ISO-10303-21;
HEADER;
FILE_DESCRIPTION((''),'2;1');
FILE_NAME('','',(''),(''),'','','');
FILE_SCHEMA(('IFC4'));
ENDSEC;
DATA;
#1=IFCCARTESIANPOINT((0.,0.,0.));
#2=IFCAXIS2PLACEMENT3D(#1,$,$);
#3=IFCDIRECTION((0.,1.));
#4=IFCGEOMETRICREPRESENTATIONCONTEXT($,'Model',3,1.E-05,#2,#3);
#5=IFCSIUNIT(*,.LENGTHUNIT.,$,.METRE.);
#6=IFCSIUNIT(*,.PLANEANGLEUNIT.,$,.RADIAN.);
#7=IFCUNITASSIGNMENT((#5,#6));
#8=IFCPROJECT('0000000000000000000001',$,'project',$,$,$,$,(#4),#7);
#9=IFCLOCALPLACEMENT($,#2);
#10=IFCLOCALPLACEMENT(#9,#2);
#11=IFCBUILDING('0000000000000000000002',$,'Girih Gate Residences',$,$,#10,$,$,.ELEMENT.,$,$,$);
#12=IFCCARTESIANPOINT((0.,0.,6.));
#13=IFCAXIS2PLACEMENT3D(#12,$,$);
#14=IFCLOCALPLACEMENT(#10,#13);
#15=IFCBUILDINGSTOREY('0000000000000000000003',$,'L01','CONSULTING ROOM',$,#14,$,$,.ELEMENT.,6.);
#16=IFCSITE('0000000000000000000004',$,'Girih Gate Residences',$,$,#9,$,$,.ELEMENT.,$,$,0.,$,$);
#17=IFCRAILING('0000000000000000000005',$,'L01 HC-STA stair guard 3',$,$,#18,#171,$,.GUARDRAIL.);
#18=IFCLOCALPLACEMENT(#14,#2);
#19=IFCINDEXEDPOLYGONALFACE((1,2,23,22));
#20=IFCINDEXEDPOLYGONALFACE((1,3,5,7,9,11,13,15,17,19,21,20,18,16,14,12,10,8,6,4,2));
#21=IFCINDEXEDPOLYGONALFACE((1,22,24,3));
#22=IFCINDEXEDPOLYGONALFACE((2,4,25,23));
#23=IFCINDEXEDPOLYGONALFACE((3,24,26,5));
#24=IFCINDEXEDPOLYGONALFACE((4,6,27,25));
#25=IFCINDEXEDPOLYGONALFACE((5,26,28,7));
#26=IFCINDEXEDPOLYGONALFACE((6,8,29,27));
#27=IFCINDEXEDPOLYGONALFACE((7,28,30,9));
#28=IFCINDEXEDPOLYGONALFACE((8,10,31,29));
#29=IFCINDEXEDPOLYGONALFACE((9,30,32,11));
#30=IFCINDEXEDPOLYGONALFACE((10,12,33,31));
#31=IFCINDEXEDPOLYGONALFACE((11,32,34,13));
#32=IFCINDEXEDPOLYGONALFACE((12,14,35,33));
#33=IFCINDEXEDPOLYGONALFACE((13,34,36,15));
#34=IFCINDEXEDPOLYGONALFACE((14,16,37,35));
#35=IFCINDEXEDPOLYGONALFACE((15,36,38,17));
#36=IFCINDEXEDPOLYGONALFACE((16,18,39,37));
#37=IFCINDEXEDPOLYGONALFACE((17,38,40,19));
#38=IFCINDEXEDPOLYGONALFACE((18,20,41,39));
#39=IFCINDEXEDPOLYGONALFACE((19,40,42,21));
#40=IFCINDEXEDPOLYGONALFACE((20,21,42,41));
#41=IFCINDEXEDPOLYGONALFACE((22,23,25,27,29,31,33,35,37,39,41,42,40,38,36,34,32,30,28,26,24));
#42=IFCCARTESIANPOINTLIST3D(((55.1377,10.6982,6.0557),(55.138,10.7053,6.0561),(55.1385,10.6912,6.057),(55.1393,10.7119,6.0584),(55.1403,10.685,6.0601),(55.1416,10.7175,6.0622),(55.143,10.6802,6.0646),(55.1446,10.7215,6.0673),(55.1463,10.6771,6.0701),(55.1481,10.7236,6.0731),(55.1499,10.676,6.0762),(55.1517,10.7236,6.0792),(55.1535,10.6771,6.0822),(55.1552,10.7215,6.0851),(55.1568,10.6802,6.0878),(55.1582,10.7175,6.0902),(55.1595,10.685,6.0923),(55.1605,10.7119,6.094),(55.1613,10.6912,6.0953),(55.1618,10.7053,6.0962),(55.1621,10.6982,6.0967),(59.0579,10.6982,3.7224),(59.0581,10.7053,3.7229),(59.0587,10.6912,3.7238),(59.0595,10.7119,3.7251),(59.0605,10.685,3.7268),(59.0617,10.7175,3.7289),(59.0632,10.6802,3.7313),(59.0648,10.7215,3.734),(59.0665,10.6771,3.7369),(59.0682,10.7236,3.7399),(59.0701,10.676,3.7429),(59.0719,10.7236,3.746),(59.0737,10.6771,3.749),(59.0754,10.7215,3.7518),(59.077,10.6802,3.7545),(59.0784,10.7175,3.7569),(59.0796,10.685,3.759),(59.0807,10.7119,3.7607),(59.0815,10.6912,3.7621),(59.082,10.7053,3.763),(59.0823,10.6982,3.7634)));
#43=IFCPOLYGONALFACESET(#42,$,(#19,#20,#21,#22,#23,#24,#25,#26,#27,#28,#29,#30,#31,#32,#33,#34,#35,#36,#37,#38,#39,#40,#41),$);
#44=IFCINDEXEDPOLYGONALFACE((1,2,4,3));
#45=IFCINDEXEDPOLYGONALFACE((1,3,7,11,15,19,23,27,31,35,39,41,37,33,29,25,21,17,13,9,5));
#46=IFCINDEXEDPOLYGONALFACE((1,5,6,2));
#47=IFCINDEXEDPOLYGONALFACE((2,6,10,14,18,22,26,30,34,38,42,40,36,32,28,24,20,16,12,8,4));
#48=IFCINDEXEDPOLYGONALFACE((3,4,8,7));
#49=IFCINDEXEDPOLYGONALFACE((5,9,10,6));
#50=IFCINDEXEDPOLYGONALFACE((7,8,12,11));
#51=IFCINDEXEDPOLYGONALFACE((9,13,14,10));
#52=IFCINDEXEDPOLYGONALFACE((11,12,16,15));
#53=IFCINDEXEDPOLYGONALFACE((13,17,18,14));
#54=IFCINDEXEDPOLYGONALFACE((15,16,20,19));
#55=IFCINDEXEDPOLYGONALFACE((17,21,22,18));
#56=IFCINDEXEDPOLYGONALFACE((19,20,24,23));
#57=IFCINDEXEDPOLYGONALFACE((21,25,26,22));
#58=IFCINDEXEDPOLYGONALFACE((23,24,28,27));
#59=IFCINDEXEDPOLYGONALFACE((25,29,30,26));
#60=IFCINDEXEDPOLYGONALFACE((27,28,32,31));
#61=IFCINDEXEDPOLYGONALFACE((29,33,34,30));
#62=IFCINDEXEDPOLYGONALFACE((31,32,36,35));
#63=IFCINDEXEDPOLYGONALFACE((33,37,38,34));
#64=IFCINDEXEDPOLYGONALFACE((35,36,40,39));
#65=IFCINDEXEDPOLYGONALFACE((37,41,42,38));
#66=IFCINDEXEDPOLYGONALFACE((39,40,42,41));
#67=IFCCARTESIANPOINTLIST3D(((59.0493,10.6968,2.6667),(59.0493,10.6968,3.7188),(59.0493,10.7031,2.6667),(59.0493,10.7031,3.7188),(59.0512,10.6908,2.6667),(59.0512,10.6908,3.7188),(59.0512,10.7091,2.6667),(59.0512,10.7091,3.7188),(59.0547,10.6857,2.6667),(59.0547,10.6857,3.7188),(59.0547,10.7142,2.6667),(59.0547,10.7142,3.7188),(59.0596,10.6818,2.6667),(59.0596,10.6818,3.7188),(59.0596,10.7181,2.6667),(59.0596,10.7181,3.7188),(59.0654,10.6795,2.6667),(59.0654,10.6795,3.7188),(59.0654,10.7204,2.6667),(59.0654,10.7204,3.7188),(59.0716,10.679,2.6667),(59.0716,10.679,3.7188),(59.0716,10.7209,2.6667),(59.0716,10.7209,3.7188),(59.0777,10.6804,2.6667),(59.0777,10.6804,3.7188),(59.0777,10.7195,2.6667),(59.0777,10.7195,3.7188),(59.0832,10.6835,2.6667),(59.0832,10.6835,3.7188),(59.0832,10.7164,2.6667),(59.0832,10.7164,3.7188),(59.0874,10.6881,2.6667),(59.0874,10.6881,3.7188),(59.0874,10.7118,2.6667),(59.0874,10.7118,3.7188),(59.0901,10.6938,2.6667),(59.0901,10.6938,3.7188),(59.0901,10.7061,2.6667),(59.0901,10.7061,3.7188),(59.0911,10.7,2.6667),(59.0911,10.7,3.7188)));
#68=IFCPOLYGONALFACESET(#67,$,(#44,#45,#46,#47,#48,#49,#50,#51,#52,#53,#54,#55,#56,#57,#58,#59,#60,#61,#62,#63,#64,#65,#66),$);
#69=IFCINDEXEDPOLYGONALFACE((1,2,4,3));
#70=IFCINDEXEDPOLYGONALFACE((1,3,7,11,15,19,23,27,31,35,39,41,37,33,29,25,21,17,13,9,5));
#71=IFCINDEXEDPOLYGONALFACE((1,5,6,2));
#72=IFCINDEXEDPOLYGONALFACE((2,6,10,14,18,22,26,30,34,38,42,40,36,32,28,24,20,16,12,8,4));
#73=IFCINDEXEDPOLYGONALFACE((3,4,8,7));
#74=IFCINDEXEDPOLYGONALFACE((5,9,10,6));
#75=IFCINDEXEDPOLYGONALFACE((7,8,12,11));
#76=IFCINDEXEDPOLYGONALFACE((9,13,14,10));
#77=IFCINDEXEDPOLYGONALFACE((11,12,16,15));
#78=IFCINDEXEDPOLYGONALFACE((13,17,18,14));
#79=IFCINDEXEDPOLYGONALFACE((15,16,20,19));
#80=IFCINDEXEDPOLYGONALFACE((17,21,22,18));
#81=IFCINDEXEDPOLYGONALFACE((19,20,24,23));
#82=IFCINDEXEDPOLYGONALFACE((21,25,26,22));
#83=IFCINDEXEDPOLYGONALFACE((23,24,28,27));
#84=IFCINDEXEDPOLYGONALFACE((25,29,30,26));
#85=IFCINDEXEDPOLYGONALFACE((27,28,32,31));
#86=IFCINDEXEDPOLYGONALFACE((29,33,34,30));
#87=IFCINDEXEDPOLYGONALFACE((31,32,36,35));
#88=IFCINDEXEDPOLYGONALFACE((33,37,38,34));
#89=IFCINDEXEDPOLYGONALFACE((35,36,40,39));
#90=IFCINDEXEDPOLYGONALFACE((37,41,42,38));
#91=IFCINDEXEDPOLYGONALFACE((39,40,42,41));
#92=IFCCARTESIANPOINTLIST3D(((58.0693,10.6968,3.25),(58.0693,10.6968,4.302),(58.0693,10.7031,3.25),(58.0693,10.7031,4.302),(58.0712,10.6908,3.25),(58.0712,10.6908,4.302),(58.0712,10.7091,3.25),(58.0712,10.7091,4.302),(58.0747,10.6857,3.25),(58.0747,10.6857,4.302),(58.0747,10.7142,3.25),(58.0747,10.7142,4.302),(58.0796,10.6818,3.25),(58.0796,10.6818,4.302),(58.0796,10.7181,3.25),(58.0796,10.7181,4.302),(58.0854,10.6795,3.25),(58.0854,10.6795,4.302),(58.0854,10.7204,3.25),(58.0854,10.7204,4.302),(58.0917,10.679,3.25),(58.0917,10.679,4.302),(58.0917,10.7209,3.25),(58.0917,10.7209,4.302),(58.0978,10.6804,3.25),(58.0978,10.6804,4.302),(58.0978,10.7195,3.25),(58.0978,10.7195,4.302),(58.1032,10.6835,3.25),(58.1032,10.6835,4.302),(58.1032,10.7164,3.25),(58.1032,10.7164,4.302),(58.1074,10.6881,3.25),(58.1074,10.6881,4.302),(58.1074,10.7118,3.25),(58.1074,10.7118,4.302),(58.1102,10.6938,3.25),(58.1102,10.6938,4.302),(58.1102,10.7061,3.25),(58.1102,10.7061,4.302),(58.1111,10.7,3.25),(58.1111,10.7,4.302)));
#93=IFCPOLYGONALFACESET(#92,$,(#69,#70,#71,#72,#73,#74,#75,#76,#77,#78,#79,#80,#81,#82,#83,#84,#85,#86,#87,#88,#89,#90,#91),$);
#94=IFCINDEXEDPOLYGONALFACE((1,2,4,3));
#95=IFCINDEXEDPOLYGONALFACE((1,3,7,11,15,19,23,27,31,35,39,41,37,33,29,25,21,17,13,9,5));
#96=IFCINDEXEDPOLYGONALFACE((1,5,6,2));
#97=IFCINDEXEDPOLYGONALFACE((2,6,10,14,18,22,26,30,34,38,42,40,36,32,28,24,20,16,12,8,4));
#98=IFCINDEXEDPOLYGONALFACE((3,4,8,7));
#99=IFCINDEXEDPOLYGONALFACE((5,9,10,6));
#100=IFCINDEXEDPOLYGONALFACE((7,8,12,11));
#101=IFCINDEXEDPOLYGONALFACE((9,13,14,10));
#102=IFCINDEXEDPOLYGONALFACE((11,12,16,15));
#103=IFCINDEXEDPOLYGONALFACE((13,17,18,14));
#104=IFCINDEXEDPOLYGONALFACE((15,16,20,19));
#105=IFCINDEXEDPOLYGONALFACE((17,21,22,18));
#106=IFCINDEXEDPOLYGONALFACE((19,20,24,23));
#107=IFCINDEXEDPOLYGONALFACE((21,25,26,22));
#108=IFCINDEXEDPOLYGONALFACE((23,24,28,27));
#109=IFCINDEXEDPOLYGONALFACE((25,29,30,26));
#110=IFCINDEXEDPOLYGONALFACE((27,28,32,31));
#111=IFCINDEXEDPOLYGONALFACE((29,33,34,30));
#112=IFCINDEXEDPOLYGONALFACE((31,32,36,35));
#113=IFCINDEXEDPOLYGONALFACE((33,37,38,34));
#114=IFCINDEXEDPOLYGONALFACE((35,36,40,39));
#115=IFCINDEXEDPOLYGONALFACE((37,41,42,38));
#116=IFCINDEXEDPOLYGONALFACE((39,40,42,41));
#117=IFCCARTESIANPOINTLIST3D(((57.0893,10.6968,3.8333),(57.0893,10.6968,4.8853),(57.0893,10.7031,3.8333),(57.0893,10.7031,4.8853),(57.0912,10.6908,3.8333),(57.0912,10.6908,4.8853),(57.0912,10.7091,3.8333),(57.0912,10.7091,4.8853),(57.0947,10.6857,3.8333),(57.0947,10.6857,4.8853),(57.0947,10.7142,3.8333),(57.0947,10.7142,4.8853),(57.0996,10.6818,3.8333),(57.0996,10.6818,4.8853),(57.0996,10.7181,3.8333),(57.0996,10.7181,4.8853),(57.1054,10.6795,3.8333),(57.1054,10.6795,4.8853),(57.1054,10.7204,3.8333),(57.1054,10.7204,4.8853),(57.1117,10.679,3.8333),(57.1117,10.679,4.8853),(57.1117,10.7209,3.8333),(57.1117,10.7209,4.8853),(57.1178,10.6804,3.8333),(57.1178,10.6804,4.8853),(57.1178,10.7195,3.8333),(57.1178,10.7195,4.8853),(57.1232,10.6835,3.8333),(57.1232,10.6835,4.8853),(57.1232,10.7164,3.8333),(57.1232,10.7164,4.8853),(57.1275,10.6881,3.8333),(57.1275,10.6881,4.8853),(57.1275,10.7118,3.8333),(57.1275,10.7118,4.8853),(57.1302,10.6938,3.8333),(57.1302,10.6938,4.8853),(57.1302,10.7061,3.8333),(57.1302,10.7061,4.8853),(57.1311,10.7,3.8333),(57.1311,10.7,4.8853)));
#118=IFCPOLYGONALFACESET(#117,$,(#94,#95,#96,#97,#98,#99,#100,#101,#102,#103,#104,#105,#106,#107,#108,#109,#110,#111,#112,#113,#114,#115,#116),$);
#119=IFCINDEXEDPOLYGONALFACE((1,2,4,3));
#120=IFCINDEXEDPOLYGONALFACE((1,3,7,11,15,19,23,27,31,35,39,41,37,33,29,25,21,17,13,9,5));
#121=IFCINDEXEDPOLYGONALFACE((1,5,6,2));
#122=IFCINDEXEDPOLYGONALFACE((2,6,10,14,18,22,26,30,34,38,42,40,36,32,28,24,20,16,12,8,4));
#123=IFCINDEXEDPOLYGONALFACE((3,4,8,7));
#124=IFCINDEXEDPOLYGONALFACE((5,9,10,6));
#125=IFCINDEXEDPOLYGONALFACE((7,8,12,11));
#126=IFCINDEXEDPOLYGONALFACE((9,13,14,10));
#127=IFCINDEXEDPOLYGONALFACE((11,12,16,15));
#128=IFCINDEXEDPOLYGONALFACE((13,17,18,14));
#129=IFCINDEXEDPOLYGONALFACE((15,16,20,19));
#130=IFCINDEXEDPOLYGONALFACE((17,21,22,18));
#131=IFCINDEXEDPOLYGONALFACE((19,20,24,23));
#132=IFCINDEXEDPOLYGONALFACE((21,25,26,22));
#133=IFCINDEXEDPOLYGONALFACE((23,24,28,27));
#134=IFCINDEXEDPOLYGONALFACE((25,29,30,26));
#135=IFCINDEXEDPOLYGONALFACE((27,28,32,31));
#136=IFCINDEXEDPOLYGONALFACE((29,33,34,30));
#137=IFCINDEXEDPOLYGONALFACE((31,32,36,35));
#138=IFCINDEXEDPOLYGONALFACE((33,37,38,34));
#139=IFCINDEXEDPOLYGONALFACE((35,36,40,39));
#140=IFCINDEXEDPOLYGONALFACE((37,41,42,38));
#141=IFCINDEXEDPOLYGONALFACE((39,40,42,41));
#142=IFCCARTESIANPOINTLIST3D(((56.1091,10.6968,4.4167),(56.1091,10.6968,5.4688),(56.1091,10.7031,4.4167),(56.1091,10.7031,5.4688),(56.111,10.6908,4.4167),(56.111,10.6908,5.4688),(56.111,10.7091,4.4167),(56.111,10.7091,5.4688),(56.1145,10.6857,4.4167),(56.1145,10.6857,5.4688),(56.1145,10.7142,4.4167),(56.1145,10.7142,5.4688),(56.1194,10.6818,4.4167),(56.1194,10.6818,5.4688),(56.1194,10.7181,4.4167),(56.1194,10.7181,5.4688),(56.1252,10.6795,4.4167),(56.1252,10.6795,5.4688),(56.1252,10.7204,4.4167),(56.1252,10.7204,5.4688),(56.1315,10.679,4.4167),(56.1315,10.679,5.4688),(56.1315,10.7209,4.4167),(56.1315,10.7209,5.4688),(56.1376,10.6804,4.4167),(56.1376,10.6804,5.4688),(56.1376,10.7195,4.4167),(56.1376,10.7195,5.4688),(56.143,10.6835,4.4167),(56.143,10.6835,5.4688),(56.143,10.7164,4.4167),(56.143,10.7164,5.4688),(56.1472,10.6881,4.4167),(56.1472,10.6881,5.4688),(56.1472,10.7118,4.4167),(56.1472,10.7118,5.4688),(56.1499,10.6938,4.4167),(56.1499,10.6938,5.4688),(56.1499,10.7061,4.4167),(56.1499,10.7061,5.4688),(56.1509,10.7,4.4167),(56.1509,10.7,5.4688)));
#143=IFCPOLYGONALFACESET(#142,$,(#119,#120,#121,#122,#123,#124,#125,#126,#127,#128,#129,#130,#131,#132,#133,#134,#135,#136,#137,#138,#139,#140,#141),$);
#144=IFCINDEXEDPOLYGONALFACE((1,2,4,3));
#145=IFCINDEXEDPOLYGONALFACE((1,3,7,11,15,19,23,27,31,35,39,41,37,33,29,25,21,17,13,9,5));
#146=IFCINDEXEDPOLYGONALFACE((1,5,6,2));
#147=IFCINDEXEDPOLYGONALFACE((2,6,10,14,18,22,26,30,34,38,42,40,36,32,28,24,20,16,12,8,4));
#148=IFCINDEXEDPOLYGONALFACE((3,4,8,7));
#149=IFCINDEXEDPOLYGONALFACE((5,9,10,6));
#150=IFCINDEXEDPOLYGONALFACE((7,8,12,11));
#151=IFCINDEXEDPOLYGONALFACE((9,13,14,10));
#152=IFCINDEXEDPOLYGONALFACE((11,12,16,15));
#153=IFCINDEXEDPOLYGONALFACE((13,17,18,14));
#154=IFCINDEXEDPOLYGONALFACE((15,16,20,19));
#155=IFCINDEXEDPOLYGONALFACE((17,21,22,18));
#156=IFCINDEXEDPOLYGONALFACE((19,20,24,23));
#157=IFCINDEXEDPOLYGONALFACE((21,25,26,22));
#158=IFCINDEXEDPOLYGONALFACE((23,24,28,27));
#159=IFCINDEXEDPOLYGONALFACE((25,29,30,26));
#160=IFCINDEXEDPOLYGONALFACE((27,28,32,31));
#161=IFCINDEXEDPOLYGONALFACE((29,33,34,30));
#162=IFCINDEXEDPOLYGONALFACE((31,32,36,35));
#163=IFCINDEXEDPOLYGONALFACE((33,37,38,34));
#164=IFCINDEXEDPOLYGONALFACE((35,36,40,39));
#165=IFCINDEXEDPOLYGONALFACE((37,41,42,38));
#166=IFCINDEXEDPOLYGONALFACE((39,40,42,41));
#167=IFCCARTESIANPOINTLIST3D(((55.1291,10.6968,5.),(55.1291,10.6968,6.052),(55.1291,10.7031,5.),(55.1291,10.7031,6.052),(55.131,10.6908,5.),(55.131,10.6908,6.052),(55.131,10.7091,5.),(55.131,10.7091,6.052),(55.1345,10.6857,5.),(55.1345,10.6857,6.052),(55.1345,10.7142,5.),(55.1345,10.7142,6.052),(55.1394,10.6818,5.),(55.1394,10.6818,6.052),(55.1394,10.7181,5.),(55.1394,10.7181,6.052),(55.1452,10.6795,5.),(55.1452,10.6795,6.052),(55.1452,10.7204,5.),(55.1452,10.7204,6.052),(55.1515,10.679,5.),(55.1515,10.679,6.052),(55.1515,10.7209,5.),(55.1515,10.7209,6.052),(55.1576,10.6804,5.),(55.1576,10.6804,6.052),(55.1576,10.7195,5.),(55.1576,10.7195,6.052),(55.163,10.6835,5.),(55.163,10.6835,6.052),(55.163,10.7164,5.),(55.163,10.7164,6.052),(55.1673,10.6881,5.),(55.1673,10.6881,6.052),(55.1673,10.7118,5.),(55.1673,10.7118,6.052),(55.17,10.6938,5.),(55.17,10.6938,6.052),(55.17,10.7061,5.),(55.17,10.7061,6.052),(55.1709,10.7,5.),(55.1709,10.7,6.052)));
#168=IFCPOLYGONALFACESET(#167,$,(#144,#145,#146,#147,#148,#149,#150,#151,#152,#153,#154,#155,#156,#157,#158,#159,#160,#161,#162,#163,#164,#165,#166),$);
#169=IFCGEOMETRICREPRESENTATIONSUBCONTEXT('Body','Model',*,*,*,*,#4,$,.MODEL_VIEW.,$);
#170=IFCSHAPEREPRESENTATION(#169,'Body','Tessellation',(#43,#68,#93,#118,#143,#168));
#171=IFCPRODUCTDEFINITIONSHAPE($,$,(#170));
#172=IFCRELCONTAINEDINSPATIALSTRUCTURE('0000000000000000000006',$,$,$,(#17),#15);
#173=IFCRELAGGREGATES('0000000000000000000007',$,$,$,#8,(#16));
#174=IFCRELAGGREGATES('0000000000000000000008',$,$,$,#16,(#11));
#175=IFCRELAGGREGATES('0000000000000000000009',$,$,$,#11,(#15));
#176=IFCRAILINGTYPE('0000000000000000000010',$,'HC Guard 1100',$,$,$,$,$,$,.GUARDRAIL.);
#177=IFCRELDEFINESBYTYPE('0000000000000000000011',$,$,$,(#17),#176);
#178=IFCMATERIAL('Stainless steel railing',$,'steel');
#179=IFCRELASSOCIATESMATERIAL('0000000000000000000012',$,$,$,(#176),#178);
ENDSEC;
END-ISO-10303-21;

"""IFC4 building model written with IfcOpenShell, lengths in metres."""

from ifc_helpers import new_model, si_unit, direction, frame, origin, origin_2d, place, context, subcontext, project, spatial, circle, extrude, material, type_object, element, save


model = new_model("IFC4")

# Units and contexts
model_context = context("Model", 3, precision=1e-05, world=origin(), true_north=direction((0.0, 1.0)))
body_context = subcontext(model_context, "Body", "Model", "MODEL_VIEW")
ifc_project = project(units=[si_unit("LENGTHUNIT", "METRE"), si_unit("PLANEANGLEUNIT", "RADIAN")], contexts=[model_context])

# Site, building, storey
site_placement = place(None, origin())
site = spatial("IfcSite", under=ifc_project, at=site_placement, Name="Girih Gate Residences", CompositionType="ELEMENT", RefElevation=0.0)
building_placement = place(site_placement, origin())
building = spatial("IfcBuilding", under=site, at=building_placement, Name="Girih Gate Residences", CompositionType="ELEMENT")
storey_placement = place(building_placement, frame((0.0, 0.0, 6.0)))
storey = spatial("IfcBuildingStorey", under=building, at=storey_placement, Name="L01", Description="CONSULTING ROOM", CompositionType="ELEMENT", Elevation=6.0)

# Railing
ifc_material_1 = material(Name="Stainless steel railing", Category="steel")
railing_type_1 = type_object("IfcRailingType", Name="HC Guard 1100", PredefinedType="GUARDRAIL", material=ifc_material_1)
railing_1_placement = place(storey_placement, frame((59.0701, 10.7, 2.6667)))
element("IfcRailing", 1, at=railing_1_placement, inside=storey, type_object=railing_type_1, Name="L01 HC-STA stair guard 3", PredefinedType="GUARDRAIL", context=body_context, shape_type="SweptSolid", body=[
    extrude(circle(Radius=0.0239, at=origin_2d()), frame((0.0, 0.0, 1.0762), z_axis=(-0.85931, 0.0, 0.511455), x_axis=(0.0, -1.0, 0.0)), (0.0, 0.0, 1.0), 4.562),
    extrude(circle(Radius=0.021, at=origin_2d()), origin(), (0.0, 0.0, 1.0), 1.052),
    extrude(circle(Radius=0.021, at=origin_2d()), frame((-0.98, 0.0, 0.5833)), (0.0, 0.0, 1.0), 1.052),
    extrude(circle(Radius=0.021, at=origin_2d()), frame((-1.96, 0.0, 1.1665)), (0.0, 0.0, 1.0), 1.052),
    extrude(circle(Radius=0.021, at=origin_2d()), frame((-2.9402, 0.0, 1.75)), (0.0, 0.0, 1.0), 1.052),
    extrude(circle(Radius=0.021, at=origin_2d()), frame((-3.9202, 0.0, 2.3333)), (0.0, 0.0, 1.0), 1.052),
])

save(model, "model.ifc")
